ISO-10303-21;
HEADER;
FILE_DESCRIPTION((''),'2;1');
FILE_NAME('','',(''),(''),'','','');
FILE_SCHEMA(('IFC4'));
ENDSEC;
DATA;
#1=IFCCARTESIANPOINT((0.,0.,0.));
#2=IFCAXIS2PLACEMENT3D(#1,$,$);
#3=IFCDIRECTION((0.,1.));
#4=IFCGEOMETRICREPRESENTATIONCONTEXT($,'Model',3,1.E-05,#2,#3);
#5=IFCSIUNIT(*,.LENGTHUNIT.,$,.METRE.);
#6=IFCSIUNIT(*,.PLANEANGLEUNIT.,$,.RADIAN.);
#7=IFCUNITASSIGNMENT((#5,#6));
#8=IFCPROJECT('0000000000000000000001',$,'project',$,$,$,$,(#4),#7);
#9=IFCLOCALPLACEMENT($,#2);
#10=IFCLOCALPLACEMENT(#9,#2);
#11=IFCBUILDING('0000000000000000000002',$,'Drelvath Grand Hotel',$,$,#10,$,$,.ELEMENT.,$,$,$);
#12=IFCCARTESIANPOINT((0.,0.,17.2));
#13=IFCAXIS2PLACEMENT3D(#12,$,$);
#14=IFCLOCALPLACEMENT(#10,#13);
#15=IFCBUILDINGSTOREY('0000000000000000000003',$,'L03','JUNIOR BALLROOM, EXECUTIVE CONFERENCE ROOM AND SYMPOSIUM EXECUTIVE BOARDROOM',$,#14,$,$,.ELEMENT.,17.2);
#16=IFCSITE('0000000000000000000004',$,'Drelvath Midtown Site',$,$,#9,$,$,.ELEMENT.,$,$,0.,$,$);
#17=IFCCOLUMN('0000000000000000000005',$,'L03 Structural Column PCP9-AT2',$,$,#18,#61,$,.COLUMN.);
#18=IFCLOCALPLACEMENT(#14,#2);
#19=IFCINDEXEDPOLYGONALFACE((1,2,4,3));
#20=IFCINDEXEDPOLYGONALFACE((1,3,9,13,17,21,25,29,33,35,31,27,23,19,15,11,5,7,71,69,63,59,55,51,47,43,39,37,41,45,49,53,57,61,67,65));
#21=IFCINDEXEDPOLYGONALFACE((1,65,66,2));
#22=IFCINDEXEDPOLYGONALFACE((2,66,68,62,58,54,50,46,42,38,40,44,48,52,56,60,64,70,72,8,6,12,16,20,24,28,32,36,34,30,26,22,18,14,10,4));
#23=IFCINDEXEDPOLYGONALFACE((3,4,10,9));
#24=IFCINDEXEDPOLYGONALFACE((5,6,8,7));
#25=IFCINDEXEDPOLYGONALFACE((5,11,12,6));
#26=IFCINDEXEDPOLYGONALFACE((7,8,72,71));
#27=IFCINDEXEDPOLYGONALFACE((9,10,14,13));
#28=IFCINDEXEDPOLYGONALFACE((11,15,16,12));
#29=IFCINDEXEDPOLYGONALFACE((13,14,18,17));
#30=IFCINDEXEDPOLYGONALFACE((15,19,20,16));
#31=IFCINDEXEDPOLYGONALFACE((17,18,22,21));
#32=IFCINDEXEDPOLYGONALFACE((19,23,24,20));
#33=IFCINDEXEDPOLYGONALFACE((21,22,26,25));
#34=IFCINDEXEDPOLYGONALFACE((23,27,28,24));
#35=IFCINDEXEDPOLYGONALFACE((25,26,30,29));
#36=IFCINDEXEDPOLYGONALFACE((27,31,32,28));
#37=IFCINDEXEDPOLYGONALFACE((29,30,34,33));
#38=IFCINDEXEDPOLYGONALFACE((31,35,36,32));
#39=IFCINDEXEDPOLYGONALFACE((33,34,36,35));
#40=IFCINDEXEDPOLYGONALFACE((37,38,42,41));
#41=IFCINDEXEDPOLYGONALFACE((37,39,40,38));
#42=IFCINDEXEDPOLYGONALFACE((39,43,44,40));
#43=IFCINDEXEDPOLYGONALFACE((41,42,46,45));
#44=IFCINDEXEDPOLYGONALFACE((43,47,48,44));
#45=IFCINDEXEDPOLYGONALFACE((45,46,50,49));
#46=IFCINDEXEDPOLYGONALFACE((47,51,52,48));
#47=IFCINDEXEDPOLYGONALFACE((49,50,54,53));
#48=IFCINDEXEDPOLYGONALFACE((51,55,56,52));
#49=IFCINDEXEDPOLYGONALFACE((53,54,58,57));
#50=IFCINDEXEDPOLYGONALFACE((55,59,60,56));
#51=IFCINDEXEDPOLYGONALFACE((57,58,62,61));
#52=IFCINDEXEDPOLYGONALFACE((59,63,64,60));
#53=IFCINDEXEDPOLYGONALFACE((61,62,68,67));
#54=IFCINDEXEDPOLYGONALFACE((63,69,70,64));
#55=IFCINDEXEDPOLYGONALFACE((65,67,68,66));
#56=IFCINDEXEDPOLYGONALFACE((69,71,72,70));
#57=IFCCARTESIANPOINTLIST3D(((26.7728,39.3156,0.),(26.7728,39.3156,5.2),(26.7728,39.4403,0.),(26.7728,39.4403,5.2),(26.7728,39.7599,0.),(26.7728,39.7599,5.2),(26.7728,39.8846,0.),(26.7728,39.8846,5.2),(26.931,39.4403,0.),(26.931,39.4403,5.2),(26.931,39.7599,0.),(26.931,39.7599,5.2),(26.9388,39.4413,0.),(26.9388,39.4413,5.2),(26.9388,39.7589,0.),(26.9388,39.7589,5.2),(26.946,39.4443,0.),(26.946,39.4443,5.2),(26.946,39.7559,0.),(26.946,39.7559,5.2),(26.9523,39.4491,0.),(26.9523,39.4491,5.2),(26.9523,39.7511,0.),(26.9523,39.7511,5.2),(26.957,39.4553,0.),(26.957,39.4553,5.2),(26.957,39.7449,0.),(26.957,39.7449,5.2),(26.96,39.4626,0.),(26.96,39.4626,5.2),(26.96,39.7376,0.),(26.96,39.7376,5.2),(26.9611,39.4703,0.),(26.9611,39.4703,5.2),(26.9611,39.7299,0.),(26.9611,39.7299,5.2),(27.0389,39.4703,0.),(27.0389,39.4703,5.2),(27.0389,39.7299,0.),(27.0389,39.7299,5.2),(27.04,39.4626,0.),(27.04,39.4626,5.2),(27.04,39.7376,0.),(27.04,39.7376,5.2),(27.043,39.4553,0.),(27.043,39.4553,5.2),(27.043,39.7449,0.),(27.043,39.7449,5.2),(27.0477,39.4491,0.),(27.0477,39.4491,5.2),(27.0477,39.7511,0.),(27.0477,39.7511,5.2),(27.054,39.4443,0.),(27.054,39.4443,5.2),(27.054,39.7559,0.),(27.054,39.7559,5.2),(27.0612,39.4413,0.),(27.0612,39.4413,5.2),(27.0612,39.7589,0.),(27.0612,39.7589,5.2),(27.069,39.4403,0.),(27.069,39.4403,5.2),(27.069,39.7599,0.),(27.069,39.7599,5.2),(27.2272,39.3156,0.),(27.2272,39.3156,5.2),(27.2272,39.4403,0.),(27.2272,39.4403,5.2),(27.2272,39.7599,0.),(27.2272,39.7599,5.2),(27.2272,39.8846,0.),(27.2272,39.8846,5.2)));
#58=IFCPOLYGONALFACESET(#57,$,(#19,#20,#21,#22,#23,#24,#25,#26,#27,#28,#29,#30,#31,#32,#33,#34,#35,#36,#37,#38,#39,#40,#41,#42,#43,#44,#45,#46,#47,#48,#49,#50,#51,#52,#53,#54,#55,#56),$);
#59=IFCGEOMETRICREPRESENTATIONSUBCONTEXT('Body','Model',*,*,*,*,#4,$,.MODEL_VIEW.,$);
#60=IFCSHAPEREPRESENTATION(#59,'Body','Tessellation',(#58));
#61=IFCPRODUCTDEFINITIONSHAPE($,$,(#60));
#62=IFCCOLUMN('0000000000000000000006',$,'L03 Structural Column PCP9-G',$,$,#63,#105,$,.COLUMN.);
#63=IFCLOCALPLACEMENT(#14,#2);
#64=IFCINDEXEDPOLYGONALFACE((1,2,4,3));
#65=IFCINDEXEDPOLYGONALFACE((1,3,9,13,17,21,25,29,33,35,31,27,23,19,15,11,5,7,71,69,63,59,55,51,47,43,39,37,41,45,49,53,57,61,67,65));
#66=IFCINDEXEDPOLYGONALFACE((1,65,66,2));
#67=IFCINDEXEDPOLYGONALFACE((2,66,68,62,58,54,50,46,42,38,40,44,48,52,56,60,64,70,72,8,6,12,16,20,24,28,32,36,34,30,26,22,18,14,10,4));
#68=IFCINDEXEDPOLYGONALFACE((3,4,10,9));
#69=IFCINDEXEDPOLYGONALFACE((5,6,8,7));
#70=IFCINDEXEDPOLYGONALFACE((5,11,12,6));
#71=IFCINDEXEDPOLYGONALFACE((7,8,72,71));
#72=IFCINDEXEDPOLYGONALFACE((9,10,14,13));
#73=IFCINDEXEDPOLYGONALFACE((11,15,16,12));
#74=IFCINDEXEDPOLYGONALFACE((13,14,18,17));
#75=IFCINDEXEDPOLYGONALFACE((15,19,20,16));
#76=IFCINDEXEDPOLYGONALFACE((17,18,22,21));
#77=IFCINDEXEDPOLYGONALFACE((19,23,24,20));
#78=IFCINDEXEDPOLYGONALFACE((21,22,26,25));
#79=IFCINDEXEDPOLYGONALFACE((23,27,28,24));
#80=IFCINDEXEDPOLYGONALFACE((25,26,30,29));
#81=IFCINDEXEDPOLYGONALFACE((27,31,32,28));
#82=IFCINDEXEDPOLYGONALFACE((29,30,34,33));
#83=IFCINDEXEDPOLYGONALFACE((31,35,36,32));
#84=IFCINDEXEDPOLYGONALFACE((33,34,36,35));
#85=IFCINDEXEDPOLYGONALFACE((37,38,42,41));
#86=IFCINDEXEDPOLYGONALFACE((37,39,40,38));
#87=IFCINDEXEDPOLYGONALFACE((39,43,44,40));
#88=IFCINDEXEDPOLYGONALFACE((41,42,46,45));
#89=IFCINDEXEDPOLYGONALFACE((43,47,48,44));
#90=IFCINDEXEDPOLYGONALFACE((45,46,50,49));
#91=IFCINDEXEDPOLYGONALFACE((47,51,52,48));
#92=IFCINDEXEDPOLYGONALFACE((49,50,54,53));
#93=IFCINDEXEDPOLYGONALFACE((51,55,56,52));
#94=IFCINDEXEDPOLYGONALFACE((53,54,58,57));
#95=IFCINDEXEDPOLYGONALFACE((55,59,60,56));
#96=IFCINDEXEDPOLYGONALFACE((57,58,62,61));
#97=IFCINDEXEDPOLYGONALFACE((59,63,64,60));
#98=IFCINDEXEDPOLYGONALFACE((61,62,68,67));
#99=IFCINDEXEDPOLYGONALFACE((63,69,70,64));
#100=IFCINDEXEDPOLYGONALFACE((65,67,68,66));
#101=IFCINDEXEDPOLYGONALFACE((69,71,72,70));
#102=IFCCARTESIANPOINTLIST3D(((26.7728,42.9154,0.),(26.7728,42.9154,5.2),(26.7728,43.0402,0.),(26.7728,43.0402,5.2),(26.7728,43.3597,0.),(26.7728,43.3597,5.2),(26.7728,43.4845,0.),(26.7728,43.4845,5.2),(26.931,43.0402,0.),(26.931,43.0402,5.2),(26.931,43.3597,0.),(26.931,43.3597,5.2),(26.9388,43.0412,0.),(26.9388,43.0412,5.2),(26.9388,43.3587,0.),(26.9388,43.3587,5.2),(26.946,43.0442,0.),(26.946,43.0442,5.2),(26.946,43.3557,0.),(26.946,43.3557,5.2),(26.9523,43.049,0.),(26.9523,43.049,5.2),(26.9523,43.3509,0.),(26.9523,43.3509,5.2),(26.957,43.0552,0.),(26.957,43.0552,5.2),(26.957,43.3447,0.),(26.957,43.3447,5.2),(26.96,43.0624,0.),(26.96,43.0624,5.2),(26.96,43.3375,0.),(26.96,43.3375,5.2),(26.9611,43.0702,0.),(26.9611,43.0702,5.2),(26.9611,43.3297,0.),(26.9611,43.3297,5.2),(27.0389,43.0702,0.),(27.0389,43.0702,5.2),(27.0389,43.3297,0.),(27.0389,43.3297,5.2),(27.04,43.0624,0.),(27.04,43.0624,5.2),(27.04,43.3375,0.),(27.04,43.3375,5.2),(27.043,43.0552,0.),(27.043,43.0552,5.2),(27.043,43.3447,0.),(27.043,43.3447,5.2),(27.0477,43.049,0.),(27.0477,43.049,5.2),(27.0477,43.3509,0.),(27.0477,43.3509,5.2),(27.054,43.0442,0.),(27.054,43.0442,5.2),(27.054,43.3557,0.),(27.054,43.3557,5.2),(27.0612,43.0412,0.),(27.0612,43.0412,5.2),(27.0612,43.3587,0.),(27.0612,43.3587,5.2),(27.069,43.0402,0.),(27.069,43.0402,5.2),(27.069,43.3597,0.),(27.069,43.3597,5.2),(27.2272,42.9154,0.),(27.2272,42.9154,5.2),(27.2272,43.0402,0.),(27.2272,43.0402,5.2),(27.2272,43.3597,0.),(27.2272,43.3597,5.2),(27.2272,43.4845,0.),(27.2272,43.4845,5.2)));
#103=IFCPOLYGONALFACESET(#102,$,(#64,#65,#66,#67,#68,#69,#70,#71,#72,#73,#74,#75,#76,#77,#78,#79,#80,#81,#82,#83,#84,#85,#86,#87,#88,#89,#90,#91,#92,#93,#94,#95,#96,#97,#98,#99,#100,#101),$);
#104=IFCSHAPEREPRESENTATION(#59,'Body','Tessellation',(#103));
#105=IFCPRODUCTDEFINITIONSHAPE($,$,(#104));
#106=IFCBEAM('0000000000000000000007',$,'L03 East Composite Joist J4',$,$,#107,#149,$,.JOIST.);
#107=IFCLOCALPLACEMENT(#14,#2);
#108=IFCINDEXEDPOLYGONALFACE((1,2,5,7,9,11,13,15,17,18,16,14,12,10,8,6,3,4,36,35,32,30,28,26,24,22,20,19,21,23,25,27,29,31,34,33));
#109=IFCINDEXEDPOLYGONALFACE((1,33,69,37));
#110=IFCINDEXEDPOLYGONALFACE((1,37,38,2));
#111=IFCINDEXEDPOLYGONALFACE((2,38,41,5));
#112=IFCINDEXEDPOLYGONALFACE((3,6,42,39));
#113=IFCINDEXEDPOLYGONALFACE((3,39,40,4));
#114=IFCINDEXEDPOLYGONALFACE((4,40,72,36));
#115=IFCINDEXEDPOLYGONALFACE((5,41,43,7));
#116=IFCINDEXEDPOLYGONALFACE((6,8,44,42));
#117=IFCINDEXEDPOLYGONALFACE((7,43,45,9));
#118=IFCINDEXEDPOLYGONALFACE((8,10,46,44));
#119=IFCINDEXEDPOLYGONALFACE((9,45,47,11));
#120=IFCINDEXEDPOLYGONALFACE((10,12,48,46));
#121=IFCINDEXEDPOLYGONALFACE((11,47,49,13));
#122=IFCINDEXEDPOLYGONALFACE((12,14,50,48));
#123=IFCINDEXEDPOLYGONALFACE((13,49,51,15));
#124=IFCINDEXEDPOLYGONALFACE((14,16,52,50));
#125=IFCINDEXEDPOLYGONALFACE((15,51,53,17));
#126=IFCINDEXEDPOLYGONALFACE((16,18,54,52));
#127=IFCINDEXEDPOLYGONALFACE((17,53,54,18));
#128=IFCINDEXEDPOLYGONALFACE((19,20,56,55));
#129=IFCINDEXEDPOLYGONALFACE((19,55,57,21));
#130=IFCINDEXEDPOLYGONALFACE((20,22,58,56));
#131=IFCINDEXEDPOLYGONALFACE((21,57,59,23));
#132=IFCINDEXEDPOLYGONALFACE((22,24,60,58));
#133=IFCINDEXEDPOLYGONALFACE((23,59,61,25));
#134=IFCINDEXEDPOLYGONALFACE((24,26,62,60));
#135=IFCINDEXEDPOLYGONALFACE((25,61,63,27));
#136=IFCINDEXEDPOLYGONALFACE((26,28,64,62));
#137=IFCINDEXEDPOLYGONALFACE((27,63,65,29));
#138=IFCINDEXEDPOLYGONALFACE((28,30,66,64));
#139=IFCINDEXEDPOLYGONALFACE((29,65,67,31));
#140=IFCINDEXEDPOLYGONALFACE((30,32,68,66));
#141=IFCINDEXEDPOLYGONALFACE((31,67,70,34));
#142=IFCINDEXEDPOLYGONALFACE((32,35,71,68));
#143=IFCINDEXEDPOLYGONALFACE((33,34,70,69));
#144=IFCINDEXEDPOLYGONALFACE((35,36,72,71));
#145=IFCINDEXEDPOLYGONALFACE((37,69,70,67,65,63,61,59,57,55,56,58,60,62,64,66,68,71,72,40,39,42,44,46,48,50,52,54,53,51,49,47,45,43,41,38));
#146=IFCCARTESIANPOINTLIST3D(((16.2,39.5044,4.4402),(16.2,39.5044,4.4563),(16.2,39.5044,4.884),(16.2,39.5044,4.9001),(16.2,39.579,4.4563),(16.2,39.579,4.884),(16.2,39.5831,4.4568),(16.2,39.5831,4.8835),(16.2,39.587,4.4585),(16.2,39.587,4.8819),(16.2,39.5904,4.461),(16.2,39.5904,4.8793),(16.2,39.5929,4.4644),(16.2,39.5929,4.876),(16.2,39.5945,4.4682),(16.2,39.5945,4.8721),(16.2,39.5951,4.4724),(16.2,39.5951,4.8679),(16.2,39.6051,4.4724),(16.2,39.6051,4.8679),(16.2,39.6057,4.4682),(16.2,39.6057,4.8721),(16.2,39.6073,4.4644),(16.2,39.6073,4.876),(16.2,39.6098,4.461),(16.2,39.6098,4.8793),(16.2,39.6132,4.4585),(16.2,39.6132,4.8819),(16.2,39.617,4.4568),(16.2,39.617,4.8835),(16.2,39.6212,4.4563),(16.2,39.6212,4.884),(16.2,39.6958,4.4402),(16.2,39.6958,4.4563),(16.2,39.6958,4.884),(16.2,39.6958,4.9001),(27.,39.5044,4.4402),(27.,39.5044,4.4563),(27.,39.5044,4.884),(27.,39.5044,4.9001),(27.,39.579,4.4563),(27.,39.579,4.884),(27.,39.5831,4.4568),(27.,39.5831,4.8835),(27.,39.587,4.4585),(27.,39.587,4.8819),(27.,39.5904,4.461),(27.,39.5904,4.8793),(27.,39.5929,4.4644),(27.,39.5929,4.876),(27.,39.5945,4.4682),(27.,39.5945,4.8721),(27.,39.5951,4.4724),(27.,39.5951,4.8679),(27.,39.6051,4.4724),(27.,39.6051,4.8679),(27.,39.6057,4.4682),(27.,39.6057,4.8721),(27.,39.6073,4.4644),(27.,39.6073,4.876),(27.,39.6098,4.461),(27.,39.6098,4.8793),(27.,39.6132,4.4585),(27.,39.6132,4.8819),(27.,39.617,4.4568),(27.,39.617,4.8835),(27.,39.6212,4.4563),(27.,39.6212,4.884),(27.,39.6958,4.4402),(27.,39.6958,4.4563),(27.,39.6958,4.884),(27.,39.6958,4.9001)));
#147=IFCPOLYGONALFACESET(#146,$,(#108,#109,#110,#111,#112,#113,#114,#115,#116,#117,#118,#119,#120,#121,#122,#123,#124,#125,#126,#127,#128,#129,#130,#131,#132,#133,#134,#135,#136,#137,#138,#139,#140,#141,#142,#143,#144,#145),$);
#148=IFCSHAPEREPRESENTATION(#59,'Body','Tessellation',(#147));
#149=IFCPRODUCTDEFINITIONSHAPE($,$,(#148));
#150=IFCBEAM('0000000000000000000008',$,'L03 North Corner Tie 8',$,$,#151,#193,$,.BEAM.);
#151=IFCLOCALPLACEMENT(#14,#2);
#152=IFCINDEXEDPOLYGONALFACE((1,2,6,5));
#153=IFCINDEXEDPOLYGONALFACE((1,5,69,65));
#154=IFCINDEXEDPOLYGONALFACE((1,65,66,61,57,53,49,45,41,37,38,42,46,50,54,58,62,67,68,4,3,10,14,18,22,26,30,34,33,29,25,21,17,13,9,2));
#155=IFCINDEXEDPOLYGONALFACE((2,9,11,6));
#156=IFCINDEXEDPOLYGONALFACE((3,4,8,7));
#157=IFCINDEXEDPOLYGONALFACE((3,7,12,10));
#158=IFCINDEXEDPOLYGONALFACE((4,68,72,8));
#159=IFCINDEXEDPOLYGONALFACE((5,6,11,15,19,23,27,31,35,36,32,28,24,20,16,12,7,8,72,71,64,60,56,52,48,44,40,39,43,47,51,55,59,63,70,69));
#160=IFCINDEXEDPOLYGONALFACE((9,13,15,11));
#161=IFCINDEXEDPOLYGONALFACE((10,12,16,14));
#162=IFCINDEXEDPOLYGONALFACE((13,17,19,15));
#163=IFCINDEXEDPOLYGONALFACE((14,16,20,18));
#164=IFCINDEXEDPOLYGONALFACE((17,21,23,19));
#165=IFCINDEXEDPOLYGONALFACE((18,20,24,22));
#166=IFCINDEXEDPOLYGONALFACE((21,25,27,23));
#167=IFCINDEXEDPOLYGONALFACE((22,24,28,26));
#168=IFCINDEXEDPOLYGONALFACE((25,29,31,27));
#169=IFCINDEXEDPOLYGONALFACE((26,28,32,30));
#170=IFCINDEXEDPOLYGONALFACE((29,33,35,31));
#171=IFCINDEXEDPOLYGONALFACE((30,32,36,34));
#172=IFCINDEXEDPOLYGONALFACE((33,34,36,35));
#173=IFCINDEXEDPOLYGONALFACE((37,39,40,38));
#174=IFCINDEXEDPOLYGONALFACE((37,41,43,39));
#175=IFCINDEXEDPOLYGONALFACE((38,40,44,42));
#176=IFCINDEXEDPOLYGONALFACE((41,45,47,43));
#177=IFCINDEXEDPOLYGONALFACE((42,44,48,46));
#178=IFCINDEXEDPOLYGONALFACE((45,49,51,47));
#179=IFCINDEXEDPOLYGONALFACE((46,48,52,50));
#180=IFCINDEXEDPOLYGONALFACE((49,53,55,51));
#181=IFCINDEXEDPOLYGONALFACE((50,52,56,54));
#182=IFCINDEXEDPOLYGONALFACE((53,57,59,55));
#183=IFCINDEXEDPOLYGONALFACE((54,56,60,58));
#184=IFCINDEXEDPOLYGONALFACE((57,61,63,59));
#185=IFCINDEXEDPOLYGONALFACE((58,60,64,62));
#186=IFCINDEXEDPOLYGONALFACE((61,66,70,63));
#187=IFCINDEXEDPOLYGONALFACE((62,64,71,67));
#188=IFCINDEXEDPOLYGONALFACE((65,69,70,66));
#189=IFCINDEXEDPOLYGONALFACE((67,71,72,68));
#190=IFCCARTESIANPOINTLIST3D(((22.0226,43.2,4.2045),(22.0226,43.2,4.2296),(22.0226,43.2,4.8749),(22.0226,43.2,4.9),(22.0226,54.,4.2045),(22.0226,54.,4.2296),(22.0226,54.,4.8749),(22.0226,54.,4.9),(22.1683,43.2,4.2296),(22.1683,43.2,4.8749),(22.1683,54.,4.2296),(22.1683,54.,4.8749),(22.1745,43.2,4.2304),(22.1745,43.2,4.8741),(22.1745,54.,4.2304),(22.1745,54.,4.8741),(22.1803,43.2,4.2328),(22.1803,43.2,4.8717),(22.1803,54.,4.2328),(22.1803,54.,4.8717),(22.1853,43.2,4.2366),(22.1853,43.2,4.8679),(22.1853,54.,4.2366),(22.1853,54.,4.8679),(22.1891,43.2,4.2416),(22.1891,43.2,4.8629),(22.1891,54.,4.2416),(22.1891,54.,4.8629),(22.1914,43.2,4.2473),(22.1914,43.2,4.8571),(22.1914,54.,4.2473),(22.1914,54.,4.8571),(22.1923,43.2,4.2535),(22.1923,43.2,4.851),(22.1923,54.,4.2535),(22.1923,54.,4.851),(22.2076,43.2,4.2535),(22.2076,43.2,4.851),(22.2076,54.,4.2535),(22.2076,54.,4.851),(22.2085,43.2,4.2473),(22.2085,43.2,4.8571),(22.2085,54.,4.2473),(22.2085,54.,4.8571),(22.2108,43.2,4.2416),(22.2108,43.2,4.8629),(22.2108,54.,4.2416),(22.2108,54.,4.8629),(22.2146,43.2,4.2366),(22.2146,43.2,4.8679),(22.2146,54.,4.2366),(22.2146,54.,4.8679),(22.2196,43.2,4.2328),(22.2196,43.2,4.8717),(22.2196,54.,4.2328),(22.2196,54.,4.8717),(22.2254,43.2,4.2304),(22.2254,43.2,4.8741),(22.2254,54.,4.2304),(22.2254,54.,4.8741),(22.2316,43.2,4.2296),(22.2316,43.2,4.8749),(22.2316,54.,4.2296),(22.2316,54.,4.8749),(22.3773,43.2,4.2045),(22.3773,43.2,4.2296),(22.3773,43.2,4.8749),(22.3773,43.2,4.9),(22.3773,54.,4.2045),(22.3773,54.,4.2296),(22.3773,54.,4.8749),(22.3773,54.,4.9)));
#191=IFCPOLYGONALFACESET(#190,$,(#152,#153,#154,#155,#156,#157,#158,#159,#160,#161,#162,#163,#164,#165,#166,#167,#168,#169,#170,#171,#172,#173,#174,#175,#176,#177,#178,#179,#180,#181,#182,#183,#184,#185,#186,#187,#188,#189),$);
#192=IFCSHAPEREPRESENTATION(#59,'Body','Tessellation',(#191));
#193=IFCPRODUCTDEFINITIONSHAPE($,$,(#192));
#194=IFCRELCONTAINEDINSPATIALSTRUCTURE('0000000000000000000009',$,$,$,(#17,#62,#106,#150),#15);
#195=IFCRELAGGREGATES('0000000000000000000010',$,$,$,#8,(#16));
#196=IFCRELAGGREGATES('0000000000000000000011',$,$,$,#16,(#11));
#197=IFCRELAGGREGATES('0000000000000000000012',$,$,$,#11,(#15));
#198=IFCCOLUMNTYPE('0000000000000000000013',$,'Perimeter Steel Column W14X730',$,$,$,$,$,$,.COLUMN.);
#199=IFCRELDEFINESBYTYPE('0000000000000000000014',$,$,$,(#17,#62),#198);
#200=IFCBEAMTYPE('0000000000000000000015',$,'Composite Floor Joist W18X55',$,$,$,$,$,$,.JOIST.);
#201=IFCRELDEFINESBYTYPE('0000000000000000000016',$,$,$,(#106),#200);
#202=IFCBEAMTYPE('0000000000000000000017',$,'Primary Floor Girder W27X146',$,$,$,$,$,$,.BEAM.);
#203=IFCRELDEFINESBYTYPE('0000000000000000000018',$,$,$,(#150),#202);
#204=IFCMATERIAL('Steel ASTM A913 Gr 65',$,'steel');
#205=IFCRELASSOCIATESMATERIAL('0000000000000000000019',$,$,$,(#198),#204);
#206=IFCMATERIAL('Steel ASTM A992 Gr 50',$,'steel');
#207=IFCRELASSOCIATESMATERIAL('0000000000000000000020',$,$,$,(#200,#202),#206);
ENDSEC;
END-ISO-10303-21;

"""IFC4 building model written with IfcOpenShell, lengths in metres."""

from ifc_helpers import new_model, si_unit, direction, frame, origin, origin_2d, place, context, subcontext, project, spatial, i_section, extrude, material, material_profile, profile_set, type_object, element, save


model = new_model("IFC4")

# Units and contexts
model_context = context("Model", 3, precision=1e-05, world=origin(), true_north=direction((0.0, 1.0)))
body_context = subcontext(model_context, "Body", "Model", "MODEL_VIEW")
ifc_project = project(units=[si_unit("LENGTHUNIT", "METRE"), si_unit("PLANEANGLEUNIT", "RADIAN")], contexts=[model_context])

# Site, building, storey
site_placement = place(None, origin())
site = spatial("IfcSite", under=ifc_project, at=site_placement, Name="Drelvath Midtown Site", CompositionType="ELEMENT", RefElevation=0.0)
building_placement = place(site_placement, origin())
building = spatial("IfcBuilding", under=site, at=building_placement, Name="Drelvath Grand Hotel", CompositionType="ELEMENT")
storey_placement = place(building_placement, frame((0.0, 0.0, 17.2)))
storey = spatial("IfcBuildingStorey", under=building, at=storey_placement, Name="L03", Description="JUNIOR BALLROOM, EXECUTIVE CONFERENCE ROOM AND SYMPOSIUM EXECUTIVE BOARDROOM", CompositionType="ELEMENT", Elevation=17.2)

# Columns
ifc_material_1 = material(Name="Steel ASTM A913 Gr 65", Category="steel")
ifc_material_profile_1 = material_profile(ifc_material_1, i_section(OverallWidth=0.4543, OverallDepth=0.5691, WebThickness=0.0779, FlangeThickness=0.1248, FilletRadius=0.03, at=origin_2d()), Name="W14X730")
ifc_profile_set_1 = profile_set([ifc_material_profile_1], Name="Steel ASTM A913 Gr 65")
column_type_1 = type_object("IfcColumnType", Name="Perimeter Steel Column W14X730", PredefinedType="COLUMN", material=ifc_profile_set_1)
for number, where, z_axis, x_axis, name in (
    (1, (27.0, 39.6001, 0.0), (0.0, 0.0, 1.0), (1.0, 0.0, 0.0), "L03 Structural Column PCP9-AT2"),
    (2, (27.0, 43.2, 0.0), (0.0, 0.0, 1.0), (1.0, 0.0, 0.0), "L03 Structural Column PCP9-G"),
):
    element("IfcColumn", number, at=place(storey_placement, frame(where, z_axis=z_axis, x_axis=x_axis)), inside=storey, type_object=column_type_1, Name=name, PredefinedType="COLUMN", context=body_context, shape_type="SweptSolid", body=[
        extrude(i_section(OverallWidth=0.4543, OverallDepth=0.5691, WebThickness=0.0779, FlangeThickness=0.1248, FilletRadius=0.03, at=origin_2d()), origin(), (0.0, 0.0, 1.0), 5.2),
    ])

# Beams
ifc_material_2 = material(Name="Steel ASTM A992 Gr 50", Category="steel")
ifc_material_profile_2 = material_profile(ifc_material_2, i_section(OverallWidth=0.1914, OverallDepth=0.46, WebThickness=0.01, FlangeThickness=0.0161, FilletRadius=0.0161, at=origin_2d()), Name="W18X55")
ifc_profile_set_2 = profile_set([ifc_material_profile_2], Name="Steel ASTM A992 Gr 50")
beam_type_1 = type_object("IfcBeamType", Name="Composite Floor Joist W18X55", PredefinedType="JOIST", material=ifc_profile_set_2)
beam_1_placement = place(storey_placement, frame((16.2, 39.6001, 4.6702), z_axis=(1.0, 0.0, 0.0), x_axis=(0.0, 1.0, 0.0)))
element("IfcBeam", 3, at=beam_1_placement, inside=storey, type_object=beam_type_1, Name="L03 East Composite Joist J4", PredefinedType="JOIST", context=body_context, shape_type="SweptSolid", body=[
    extrude(i_section(OverallWidth=0.1914, OverallDepth=0.46, WebThickness=0.01, FlangeThickness=0.0161, FilletRadius=0.0161, at=origin_2d()), origin(), (0.0, 0.0, 1.0), 10.8),
])
ifc_material_profile_3 = material_profile(ifc_material_2, i_section(OverallWidth=0.3547, OverallDepth=0.6956, WebThickness=0.0154, FlangeThickness=0.0251, FilletRadius=0.0239, at=origin_2d()), Name="W27X146")
ifc_profile_set_3 = profile_set([ifc_material_profile_3], Name="Steel ASTM A992 Gr 50")
beam_type_2 = type_object("IfcBeamType", Name="Primary Floor Girder W27X146", PredefinedType="BEAM", material=ifc_profile_set_3)
beam_2_placement = place(storey_placement, frame((22.2, 43.2, 4.5522), z_axis=(0.0, 1.0, 0.0), x_axis=(-1.0, 0.0, 0.0)))
element("IfcBeam", 4, at=beam_2_placement, inside=storey, type_object=beam_type_2, Name="L03 North Corner Tie 8", PredefinedType="BEAM", context=body_context, shape_type="SweptSolid", body=[
    extrude(i_section(OverallWidth=0.3547, OverallDepth=0.6956, WebThickness=0.0154, FlangeThickness=0.0251, FilletRadius=0.0239, at=origin_2d()), origin(), (0.0, 0.0, 1.0), 10.8),
])

save(model, "model.ifc")
